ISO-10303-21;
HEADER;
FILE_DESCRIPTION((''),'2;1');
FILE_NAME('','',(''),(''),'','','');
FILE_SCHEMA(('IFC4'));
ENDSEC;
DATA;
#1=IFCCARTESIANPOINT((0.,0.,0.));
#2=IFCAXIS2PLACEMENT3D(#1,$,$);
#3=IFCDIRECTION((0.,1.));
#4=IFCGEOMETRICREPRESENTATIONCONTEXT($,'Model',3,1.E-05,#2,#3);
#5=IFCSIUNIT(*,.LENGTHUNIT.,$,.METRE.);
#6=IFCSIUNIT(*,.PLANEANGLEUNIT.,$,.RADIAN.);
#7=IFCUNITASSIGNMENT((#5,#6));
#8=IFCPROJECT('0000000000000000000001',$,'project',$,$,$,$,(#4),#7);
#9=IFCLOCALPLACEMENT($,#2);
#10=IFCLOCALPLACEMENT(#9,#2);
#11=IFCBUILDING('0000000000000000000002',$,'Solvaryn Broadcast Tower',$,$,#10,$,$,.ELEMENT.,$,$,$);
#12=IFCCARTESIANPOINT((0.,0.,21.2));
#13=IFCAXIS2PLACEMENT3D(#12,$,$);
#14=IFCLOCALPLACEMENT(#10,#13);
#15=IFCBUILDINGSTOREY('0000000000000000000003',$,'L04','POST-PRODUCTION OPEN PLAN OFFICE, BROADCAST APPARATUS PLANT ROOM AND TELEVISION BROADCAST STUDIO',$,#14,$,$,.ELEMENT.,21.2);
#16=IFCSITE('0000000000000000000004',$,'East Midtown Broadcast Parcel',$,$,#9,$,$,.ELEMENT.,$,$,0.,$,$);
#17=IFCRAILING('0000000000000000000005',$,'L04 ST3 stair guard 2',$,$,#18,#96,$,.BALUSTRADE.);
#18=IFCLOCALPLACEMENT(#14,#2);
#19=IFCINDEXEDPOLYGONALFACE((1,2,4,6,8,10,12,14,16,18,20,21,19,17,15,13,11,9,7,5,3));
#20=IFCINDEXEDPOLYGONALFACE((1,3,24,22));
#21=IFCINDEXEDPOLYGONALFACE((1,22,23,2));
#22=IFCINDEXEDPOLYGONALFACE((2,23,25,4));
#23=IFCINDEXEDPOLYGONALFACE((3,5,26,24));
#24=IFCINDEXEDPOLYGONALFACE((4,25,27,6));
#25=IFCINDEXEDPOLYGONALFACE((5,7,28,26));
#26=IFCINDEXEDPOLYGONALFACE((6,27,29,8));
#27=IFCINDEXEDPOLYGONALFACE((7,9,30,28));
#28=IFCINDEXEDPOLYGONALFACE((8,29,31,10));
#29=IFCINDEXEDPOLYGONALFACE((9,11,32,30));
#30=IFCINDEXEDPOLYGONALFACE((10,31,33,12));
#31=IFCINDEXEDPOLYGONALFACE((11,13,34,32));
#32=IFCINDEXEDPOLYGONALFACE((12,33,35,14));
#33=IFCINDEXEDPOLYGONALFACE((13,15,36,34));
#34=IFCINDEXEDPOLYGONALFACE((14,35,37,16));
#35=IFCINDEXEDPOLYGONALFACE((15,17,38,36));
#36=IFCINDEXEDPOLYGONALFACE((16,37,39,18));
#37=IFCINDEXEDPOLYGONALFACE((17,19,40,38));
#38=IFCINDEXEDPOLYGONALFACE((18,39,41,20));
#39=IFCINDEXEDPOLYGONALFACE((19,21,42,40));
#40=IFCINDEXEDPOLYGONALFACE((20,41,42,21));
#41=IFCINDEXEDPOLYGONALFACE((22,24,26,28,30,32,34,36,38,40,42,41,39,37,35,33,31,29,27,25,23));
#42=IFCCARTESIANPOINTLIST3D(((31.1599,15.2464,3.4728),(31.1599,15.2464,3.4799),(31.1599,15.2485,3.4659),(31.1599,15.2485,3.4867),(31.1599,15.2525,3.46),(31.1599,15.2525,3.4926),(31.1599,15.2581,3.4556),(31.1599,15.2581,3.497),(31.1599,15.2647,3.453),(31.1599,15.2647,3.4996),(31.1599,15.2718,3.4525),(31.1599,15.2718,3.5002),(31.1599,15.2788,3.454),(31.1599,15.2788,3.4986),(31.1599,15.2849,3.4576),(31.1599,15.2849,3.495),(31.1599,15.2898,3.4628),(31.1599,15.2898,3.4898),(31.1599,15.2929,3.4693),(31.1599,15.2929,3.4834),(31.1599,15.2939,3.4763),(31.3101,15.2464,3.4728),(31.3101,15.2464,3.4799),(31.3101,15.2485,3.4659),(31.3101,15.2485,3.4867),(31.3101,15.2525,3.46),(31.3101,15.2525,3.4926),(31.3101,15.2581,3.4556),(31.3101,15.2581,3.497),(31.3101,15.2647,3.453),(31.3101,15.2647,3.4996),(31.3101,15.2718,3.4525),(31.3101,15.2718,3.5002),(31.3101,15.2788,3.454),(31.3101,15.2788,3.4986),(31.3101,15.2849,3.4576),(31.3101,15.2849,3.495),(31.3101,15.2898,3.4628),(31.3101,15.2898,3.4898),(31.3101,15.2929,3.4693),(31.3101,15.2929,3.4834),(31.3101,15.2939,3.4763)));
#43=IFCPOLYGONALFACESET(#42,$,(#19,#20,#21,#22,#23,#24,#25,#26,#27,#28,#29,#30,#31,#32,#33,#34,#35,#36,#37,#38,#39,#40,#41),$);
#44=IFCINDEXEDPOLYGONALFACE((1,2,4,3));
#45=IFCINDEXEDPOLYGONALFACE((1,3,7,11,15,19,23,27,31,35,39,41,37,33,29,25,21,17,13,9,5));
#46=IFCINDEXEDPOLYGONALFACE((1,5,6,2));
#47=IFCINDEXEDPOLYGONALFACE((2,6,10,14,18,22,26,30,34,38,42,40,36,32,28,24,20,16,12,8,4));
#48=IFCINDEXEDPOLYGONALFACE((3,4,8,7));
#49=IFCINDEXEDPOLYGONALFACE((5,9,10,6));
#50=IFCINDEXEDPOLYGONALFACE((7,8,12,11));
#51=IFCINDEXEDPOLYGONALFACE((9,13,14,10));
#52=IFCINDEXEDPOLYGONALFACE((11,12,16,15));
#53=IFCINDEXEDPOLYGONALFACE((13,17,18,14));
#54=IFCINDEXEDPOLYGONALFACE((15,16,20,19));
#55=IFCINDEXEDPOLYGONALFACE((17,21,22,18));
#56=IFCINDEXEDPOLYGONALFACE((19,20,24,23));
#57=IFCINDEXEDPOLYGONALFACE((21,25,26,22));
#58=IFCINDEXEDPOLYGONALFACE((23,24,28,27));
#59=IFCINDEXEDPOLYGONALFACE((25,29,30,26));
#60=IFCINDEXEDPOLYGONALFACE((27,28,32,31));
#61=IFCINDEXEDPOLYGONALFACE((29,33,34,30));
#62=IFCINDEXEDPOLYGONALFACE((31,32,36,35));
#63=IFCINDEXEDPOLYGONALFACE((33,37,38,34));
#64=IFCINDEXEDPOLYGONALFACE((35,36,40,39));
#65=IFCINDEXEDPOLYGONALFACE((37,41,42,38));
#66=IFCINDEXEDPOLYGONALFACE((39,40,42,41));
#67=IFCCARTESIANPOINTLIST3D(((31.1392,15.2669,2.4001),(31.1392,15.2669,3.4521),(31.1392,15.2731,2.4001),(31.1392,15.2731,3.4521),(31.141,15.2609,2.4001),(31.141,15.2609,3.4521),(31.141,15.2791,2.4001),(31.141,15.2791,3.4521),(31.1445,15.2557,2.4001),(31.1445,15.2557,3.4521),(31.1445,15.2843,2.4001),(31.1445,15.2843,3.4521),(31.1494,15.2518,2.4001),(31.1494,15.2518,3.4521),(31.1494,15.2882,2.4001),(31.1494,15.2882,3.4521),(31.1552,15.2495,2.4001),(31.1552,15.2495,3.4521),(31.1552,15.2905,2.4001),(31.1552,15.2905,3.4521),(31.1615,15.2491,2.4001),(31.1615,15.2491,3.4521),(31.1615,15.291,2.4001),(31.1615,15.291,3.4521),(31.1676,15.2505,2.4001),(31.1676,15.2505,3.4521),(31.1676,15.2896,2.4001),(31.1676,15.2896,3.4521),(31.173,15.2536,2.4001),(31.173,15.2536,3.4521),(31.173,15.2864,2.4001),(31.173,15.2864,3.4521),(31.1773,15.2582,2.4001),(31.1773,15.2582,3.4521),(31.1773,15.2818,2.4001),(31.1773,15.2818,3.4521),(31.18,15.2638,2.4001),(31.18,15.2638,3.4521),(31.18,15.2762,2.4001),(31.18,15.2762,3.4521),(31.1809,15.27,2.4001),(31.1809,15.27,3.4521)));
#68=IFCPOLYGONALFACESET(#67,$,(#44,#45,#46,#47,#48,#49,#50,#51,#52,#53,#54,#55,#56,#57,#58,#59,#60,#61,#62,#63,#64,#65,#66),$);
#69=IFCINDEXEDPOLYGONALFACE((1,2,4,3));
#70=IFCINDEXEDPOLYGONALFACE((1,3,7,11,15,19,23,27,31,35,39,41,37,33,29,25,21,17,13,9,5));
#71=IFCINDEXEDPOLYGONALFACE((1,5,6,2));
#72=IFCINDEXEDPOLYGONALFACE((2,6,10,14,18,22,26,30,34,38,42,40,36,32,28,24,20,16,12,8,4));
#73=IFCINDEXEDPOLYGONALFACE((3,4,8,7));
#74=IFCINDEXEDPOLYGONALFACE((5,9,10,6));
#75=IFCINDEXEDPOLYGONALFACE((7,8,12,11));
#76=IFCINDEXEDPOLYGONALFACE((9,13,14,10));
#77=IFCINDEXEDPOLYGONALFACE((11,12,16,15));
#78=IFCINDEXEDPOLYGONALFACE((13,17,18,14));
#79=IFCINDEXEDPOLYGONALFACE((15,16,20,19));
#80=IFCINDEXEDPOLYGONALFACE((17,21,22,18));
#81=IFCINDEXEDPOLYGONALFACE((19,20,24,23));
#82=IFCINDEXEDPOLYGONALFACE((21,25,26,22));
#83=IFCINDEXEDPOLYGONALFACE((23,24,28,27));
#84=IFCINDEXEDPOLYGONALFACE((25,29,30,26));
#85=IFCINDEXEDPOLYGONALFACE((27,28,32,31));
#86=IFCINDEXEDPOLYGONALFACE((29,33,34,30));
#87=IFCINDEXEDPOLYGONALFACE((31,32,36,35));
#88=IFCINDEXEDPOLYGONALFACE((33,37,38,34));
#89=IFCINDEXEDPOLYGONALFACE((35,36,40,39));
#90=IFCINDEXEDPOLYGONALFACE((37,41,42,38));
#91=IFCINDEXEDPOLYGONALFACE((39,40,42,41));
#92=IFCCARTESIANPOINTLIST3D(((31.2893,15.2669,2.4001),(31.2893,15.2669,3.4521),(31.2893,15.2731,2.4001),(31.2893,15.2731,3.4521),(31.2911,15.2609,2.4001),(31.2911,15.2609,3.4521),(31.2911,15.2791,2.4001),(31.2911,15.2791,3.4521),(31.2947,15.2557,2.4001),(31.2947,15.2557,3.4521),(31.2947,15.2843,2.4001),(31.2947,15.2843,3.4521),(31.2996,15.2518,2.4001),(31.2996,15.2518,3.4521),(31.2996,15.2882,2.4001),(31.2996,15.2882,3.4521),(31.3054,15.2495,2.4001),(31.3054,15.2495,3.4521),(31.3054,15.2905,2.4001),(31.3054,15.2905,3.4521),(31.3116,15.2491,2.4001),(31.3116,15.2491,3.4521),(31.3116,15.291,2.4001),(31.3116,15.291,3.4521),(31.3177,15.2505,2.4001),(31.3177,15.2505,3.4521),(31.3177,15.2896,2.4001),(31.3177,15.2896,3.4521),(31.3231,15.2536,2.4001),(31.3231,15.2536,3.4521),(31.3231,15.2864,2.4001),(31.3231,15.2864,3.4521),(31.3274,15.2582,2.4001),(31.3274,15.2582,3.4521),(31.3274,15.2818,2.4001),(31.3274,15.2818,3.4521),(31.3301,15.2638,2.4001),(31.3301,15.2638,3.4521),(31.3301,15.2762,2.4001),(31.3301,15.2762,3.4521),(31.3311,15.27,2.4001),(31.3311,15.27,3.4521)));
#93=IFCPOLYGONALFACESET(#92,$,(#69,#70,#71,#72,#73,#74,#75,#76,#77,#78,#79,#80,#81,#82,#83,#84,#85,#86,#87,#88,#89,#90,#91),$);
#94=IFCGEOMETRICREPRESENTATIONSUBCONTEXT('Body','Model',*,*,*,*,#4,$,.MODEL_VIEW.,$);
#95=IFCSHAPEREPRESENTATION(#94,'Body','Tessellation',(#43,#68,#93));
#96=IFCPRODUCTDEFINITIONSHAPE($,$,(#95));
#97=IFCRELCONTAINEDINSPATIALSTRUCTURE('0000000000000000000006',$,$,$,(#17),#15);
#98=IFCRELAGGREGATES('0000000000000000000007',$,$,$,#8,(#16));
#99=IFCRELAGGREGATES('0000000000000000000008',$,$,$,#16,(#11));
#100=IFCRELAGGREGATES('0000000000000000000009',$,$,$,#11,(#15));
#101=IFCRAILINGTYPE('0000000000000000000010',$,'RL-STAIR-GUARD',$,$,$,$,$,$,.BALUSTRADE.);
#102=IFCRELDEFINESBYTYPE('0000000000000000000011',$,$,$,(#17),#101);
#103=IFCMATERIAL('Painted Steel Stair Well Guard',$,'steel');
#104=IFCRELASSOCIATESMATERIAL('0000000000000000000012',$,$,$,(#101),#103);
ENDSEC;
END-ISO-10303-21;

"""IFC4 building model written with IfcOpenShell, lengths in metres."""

from ifc_helpers import new_model, si_unit, direction, frame, origin, origin_2d, place, context, subcontext, project, spatial, circle, extrude, material, type_object, element, save


model = new_model("IFC4")

# Units and contexts
model_context = context("Model", 3, precision=1e-05, world=origin(), true_north=direction((0.0, 1.0)))
body_context = subcontext(model_context, "Body", "Model", "MODEL_VIEW")
ifc_project = project(units=[si_unit("LENGTHUNIT", "METRE"), si_unit("PLANEANGLEUNIT", "RADIAN")], contexts=[model_context])

# Site, building, storey
site_placement = place(None, origin())
site = spatial("IfcSite", under=ifc_project, at=site_placement, Name="East Midtown Broadcast Parcel", CompositionType="ELEMENT", RefElevation=0.0)
building_placement = place(site_placement, origin())
building = spatial("IfcBuilding", under=site, at=building_placement, Name="Solvaryn Broadcast Tower", CompositionType="ELEMENT")
storey_placement = place(building_placement, frame((0.0, 0.0, 21.2)))
storey = spatial("IfcBuildingStorey", under=building, at=storey_placement, Name="L04", Description="POST-PRODUCTION OPEN PLAN OFFICE, BROADCAST APPARATUS PLANT ROOM AND TELEVISION BROADCAST STUDIO", CompositionType="ELEMENT", Elevation=21.2)

# Railing
ifc_material_1 = material(Name="Painted Steel Stair Well Guard", Category="steel")
railing_type_1 = type_object("IfcRailingType", Name="RL-STAIR-GUARD", PredefinedType="BALUSTRADE", material=ifc_material_1)
railing_1_placement = place(storey_placement, frame((31.1599, 15.27, 2.4001)))
element("IfcRailing", 1, at=railing_1_placement, inside=storey, type_object=railing_type_1, Name="L04 ST3 stair guard 2", PredefinedType="BALUSTRADE", context=body_context, shape_type="SweptSolid", body=[
    extrude(circle(Radius=0.0239, at=origin_2d()), frame((0.0, 0.0, 1.0762), z_axis=(1.0, 0.0, 0.0), x_axis=(0.0, 1.0, 0.0)), (0.0, 0.0, 1.0), 0.1501),
    extrude(circle(Radius=0.021, at=origin_2d()), origin(), (0.0, 0.0, 1.0), 1.052),
    extrude(circle(Radius=0.021, at=origin_2d()), frame((0.1501, 0.0, 0.0)), (0.0, 0.0, 1.0), 1.052),
])

save(model, "model.ifc")
